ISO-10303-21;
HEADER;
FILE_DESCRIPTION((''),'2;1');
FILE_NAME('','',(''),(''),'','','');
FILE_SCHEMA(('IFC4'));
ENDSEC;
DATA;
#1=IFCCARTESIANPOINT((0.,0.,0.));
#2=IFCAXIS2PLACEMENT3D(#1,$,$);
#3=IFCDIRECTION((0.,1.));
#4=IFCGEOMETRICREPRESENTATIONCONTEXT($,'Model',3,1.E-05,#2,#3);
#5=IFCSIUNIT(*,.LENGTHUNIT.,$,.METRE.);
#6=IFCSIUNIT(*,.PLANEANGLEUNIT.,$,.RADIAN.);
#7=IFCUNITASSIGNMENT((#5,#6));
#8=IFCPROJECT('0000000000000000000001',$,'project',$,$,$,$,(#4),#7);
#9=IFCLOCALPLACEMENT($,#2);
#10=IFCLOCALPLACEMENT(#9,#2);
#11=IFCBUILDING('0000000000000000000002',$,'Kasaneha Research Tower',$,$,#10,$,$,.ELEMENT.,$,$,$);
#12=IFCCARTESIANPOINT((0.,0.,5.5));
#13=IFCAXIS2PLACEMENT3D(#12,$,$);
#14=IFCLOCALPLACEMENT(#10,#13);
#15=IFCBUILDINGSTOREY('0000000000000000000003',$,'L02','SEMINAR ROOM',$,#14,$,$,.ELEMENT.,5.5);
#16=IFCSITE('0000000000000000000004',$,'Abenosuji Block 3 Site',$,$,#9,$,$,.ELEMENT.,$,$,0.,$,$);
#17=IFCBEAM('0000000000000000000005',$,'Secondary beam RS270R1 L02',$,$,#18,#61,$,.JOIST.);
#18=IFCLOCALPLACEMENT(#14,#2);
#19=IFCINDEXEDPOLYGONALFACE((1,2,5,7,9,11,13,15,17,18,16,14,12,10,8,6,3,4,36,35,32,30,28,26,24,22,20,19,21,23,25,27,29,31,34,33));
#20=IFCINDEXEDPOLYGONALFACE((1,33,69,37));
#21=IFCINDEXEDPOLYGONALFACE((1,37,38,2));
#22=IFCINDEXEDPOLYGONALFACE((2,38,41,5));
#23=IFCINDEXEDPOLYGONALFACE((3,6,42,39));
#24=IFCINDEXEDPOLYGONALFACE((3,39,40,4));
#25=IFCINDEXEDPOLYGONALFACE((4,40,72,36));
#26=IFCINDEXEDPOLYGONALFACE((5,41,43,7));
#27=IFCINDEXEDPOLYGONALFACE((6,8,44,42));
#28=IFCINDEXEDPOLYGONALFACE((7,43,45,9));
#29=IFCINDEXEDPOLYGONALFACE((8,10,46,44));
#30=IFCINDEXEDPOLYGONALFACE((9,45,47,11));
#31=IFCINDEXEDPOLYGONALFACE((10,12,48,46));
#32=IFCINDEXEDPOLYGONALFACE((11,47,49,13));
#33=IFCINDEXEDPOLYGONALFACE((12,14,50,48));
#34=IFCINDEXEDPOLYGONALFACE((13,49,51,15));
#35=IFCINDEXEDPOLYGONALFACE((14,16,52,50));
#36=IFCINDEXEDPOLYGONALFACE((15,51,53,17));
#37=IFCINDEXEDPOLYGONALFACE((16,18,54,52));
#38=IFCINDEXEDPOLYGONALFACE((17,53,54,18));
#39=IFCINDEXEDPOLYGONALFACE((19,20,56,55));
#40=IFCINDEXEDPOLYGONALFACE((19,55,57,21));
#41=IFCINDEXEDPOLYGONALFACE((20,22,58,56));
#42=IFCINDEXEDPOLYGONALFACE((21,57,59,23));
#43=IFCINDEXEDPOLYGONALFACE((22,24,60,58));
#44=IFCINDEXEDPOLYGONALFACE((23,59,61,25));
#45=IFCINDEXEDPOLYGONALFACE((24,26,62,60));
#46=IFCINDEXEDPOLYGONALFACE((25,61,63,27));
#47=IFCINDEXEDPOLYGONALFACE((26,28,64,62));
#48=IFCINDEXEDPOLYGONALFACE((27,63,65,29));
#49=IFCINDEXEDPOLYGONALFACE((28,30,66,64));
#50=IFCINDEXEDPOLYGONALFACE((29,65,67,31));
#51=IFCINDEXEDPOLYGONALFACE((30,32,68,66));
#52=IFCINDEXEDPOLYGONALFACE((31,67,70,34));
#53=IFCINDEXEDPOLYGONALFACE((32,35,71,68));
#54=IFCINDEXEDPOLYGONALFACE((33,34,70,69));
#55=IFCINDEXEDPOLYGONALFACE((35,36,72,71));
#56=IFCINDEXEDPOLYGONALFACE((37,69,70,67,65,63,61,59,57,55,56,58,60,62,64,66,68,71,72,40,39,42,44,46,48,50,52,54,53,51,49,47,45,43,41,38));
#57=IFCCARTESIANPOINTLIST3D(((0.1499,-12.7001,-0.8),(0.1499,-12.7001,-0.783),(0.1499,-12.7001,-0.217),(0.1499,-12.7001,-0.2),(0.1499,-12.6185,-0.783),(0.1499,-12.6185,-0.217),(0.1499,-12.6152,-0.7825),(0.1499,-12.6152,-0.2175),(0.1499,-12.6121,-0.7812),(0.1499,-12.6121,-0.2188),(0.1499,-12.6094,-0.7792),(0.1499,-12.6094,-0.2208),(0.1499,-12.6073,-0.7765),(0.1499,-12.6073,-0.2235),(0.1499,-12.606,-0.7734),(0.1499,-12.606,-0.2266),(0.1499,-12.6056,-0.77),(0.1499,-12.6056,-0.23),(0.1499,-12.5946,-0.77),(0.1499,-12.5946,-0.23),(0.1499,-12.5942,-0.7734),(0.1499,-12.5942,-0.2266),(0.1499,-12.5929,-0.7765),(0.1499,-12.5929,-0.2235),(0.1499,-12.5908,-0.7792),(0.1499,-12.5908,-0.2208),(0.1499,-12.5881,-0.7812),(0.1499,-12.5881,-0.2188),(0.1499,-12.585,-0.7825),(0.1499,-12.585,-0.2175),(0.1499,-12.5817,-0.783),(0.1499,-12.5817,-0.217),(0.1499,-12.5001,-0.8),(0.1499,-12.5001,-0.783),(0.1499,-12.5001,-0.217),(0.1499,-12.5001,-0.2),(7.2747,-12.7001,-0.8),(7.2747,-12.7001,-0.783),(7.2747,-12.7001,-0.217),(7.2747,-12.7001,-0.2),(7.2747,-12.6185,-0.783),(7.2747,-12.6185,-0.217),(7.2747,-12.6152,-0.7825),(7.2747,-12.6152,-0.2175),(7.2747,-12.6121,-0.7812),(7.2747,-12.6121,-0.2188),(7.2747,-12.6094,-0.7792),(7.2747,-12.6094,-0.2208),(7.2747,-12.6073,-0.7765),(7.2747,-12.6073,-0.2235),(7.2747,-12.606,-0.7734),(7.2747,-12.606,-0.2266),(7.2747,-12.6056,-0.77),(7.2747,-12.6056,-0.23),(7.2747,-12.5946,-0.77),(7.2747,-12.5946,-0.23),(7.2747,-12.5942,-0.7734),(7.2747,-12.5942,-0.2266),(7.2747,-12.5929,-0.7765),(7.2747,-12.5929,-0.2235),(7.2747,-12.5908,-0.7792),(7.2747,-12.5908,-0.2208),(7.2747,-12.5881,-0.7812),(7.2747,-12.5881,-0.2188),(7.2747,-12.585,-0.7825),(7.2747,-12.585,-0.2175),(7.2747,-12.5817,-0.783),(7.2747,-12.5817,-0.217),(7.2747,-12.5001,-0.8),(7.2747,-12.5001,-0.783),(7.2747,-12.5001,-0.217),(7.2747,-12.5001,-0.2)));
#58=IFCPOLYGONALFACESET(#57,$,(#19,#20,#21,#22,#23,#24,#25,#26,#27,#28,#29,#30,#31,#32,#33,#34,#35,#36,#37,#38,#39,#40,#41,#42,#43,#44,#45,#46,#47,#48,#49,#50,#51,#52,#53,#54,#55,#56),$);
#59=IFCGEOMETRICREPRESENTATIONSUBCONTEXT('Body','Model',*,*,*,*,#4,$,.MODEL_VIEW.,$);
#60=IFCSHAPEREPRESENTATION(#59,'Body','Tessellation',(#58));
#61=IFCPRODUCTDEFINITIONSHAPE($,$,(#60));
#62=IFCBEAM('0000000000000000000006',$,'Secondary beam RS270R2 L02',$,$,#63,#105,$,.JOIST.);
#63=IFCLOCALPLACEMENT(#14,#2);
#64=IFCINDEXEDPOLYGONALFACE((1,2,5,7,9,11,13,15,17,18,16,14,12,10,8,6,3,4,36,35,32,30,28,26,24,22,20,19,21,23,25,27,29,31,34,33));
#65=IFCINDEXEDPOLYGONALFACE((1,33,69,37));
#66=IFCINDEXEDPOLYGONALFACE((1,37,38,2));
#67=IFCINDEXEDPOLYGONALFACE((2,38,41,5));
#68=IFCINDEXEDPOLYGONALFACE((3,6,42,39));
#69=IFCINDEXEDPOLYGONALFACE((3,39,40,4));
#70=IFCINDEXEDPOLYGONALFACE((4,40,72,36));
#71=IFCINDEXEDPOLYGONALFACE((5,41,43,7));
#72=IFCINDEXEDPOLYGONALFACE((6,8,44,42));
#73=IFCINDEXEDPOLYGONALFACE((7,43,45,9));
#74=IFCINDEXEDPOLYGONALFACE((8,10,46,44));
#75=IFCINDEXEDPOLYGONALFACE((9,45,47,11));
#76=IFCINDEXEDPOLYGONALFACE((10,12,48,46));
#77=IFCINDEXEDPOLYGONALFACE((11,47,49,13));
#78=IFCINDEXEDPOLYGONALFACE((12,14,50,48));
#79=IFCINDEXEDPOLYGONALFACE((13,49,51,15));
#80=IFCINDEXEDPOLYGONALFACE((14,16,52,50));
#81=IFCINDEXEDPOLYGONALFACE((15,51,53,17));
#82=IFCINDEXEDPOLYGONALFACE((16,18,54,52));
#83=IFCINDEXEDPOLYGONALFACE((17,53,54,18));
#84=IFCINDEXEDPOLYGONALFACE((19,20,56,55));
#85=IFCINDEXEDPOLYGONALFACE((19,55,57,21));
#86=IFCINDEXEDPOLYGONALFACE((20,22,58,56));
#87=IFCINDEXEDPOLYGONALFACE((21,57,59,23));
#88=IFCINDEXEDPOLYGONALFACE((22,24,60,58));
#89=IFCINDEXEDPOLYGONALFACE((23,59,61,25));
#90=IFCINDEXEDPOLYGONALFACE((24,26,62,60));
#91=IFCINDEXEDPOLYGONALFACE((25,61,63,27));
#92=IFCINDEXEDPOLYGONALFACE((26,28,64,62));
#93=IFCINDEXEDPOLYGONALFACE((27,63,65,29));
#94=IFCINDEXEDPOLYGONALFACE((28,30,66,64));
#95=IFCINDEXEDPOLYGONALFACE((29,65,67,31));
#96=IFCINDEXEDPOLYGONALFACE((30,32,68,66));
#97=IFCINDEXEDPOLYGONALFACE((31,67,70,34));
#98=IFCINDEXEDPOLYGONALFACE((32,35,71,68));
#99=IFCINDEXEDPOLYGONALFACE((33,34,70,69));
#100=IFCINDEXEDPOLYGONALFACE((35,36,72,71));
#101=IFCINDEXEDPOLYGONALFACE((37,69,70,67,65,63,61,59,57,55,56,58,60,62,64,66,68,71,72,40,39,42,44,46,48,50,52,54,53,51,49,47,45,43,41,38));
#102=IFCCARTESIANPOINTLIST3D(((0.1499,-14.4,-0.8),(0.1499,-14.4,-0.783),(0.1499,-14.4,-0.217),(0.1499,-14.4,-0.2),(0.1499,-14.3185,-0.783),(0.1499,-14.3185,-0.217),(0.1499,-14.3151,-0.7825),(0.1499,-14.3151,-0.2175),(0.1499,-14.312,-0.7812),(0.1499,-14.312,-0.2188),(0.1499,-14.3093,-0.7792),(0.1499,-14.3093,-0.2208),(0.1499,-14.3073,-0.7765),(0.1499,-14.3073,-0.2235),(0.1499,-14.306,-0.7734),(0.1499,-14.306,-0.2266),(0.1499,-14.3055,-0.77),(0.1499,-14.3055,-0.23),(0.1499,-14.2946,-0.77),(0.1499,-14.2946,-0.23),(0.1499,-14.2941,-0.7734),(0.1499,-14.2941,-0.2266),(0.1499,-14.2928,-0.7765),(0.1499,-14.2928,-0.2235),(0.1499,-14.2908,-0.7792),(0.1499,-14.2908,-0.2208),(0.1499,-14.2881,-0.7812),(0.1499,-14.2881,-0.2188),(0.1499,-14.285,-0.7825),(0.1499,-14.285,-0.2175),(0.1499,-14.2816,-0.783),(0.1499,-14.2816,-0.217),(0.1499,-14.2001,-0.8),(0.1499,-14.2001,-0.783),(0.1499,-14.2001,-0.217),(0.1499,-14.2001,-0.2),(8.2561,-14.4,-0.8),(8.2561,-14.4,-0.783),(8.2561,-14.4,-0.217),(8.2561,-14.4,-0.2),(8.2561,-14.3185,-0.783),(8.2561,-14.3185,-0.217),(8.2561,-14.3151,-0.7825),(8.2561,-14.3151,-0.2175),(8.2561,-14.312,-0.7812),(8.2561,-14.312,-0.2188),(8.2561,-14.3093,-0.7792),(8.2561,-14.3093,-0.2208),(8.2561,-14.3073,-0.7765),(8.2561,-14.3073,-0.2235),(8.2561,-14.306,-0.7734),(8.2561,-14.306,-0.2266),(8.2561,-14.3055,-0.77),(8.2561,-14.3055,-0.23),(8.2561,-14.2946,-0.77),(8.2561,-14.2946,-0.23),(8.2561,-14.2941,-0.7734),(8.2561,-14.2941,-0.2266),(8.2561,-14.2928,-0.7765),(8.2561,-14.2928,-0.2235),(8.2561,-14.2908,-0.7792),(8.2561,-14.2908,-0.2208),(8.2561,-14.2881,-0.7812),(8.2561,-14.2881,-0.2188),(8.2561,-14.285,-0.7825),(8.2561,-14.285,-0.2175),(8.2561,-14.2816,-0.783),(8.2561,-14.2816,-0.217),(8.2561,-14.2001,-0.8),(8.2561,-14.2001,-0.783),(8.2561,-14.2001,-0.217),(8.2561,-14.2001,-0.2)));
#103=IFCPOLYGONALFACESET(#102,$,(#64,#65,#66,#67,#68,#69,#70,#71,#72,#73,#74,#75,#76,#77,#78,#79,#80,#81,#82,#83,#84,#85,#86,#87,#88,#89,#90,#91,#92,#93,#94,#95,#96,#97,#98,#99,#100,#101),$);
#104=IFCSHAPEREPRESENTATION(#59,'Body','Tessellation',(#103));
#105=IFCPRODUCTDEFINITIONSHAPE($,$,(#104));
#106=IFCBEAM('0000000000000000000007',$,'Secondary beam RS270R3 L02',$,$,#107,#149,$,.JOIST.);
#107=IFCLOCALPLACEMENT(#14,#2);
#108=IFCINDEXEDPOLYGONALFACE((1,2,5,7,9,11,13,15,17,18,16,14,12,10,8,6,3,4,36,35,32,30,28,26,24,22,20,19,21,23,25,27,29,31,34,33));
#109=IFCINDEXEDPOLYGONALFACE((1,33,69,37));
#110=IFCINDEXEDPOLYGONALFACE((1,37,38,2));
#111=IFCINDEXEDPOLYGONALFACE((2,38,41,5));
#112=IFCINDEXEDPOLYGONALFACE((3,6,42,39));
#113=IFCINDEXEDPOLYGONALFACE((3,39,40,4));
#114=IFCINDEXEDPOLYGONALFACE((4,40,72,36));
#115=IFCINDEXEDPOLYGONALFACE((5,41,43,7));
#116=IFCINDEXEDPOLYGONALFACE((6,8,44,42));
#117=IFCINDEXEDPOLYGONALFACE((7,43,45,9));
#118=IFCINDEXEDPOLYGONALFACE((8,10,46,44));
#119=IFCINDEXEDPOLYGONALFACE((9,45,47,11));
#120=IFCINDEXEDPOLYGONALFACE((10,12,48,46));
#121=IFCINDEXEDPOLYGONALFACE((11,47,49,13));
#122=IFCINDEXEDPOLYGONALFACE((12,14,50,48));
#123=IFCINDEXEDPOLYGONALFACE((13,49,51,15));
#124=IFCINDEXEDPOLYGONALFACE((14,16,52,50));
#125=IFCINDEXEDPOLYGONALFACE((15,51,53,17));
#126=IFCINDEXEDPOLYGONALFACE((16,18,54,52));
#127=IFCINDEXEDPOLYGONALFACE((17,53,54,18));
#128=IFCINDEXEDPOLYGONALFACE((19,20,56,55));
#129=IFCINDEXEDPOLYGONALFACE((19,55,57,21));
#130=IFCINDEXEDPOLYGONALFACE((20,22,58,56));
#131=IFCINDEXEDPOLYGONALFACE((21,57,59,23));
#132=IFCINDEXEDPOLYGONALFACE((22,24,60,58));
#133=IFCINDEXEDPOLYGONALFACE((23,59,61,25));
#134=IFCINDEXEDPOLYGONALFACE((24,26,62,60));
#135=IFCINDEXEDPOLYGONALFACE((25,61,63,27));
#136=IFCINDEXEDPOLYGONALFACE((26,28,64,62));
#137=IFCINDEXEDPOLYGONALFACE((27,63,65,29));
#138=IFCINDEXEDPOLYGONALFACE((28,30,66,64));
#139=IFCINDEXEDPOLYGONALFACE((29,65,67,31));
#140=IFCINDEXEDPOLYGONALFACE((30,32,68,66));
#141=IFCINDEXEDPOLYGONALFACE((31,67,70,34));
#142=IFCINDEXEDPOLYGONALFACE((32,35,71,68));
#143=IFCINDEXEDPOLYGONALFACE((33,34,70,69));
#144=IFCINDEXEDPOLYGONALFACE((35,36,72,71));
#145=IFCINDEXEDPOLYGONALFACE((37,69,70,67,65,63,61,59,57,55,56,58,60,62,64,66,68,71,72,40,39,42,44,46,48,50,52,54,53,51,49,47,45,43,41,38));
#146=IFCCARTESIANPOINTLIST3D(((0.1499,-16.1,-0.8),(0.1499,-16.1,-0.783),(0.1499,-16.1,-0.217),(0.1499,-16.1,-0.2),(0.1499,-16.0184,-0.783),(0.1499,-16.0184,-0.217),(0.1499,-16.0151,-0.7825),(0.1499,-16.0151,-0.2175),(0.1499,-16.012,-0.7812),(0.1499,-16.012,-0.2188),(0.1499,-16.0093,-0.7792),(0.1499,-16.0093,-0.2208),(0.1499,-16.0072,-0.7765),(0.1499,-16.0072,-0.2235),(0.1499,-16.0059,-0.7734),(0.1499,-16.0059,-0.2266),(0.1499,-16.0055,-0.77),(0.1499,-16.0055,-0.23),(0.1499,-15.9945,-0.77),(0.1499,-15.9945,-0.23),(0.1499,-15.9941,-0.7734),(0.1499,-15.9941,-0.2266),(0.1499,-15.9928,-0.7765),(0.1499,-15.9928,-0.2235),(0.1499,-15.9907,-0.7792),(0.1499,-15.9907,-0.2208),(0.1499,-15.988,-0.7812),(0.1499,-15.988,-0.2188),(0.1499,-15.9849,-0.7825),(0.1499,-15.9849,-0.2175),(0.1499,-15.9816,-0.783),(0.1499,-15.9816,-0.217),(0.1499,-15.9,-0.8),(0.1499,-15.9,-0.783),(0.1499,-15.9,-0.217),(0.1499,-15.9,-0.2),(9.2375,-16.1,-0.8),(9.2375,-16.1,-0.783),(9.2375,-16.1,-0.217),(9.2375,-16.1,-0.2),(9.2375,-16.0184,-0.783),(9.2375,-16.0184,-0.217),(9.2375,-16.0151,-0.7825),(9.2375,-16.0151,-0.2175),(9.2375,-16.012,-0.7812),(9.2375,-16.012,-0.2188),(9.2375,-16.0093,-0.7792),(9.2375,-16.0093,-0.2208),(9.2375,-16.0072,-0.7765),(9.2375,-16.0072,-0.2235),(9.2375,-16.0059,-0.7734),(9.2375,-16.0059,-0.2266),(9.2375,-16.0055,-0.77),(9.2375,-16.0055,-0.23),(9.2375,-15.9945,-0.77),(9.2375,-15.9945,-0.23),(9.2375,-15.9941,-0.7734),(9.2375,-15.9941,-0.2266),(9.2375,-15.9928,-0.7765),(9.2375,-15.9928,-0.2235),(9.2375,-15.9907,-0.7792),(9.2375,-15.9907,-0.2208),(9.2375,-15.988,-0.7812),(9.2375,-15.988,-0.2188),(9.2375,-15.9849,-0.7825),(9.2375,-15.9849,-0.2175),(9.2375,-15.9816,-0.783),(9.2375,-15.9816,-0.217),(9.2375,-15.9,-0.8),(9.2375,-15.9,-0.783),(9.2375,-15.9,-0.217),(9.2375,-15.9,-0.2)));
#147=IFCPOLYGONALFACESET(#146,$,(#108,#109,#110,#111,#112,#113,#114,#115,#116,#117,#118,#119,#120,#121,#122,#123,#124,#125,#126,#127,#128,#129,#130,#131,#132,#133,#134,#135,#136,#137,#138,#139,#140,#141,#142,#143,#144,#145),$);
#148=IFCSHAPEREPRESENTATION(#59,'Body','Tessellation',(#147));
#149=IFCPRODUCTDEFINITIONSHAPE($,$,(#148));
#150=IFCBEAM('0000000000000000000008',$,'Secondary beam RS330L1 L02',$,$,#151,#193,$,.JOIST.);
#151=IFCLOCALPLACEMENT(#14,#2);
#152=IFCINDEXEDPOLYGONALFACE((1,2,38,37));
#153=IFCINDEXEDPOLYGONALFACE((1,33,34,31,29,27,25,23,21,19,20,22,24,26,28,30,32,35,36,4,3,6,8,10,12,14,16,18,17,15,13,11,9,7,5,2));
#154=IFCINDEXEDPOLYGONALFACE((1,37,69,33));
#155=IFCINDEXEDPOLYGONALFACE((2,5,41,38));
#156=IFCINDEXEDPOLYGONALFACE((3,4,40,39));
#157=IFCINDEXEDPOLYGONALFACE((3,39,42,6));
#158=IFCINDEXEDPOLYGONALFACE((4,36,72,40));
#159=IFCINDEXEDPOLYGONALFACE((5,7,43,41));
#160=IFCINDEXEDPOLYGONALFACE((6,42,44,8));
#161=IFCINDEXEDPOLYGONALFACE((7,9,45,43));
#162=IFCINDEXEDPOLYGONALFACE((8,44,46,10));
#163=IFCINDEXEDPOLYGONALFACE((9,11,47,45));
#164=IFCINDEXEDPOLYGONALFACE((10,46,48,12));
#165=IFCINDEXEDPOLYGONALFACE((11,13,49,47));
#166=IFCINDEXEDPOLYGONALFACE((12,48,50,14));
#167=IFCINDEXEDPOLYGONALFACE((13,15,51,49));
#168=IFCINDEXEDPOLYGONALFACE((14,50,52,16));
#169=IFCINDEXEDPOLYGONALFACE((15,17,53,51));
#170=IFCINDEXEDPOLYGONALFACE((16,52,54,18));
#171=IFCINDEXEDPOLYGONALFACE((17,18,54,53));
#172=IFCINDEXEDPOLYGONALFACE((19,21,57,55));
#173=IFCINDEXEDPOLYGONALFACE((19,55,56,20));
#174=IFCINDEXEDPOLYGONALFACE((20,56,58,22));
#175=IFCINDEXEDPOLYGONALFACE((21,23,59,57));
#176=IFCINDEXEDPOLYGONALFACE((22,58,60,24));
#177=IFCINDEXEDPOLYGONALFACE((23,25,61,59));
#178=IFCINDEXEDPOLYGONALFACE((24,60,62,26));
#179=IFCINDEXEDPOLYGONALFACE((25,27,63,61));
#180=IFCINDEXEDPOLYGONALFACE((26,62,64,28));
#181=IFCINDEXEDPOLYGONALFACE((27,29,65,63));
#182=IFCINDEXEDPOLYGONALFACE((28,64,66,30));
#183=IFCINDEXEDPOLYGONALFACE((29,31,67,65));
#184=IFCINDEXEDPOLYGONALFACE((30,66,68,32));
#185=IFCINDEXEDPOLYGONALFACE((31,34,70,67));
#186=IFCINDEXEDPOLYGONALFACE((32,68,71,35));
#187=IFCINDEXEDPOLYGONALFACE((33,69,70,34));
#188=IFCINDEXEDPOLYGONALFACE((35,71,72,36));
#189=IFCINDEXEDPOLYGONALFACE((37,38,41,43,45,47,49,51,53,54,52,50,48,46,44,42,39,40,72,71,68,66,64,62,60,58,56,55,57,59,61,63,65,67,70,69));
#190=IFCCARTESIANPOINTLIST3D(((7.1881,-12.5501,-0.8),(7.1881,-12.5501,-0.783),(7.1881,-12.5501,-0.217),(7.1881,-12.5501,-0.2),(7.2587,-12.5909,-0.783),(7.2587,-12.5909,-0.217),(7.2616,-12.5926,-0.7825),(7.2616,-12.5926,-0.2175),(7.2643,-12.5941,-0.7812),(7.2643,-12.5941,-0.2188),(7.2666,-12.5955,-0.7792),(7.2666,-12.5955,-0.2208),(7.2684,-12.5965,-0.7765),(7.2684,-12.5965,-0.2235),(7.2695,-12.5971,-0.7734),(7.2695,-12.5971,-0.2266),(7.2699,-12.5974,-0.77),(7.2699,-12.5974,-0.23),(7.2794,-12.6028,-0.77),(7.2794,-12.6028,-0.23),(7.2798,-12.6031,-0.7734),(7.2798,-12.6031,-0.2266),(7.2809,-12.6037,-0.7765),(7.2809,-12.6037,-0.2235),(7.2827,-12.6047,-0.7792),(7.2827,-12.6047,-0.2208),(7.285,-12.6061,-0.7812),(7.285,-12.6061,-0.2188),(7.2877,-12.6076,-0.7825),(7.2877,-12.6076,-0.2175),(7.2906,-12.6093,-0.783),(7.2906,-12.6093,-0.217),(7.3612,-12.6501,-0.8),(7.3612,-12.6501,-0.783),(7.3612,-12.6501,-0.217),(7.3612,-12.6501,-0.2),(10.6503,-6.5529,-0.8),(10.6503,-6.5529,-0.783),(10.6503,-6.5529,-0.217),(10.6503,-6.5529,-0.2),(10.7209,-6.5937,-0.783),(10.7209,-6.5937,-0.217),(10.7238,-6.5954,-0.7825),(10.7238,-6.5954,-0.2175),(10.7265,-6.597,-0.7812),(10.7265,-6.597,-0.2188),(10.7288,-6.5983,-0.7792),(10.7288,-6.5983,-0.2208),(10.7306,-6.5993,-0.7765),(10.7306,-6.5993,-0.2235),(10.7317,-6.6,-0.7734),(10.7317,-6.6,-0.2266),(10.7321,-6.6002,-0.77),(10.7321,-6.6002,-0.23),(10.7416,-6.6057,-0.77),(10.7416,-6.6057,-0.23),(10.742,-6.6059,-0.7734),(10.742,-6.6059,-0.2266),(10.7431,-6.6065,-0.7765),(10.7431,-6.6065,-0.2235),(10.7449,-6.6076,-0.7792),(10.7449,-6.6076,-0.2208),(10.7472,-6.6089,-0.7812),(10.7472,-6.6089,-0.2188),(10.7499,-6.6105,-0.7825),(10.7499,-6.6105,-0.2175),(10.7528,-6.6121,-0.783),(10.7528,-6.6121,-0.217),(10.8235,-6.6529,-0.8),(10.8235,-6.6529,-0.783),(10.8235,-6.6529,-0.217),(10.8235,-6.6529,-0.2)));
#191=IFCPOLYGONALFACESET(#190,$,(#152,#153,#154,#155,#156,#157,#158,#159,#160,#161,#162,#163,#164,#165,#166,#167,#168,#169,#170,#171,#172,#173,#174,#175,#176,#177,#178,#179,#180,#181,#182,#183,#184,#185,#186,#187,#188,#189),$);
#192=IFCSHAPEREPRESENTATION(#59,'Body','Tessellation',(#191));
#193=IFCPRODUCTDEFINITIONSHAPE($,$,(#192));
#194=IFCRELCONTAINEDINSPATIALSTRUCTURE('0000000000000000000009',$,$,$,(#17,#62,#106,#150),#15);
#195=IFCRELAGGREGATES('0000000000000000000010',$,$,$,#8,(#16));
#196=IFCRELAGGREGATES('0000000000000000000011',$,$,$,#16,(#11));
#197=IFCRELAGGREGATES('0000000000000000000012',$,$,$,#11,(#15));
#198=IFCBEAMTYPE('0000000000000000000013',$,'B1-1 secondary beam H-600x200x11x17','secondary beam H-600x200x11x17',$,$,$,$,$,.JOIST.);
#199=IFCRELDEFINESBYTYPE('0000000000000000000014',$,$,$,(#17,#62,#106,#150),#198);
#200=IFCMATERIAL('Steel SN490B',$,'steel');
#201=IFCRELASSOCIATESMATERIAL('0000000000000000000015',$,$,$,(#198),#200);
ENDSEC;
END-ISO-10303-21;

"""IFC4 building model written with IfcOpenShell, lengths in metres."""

from ifc_helpers import new_model, si_unit, direction, frame, origin, origin_2d, place, context, subcontext, project, spatial, i_section, extrude, material, material_profile, profile_set, type_object, element, save


model = new_model("IFC4")

# Units and contexts
model_context = context("Model", 3, precision=1e-05, world=origin(), true_north=direction((0.0, 1.0)))
body_context = subcontext(model_context, "Body", "Model", "MODEL_VIEW")
ifc_project = project(units=[si_unit("LENGTHUNIT", "METRE"), si_unit("PLANEANGLEUNIT", "RADIAN")], contexts=[model_context])

# Site, building, storey
site_placement = place(None, origin())
site = spatial("IfcSite", under=ifc_project, at=site_placement, Name="Abenosuji Block 3 Site", CompositionType="ELEMENT", RefElevation=0.0)
building_placement = place(site_placement, origin())
building = spatial("IfcBuilding", under=site, at=building_placement, Name="Kasaneha Research Tower", CompositionType="ELEMENT")
storey_placement = place(building_placement, frame((0.0, 0.0, 5.5)))
storey = spatial("IfcBuildingStorey", under=building, at=storey_placement, Name="L02", Description="SEMINAR ROOM", CompositionType="ELEMENT", Elevation=5.5)

# Beams
ifc_material_1 = material(Name="Steel SN490B", Category="steel")
ifc_material_profile_1 = material_profile(ifc_material_1, i_section(OverallWidth=0.2, OverallDepth=0.6001, WebThickness=0.011, FlangeThickness=0.0171, FilletRadius=0.0129, at=origin_2d()), Name="H-600x200x11x17")
ifc_profile_set_1 = profile_set([ifc_material_profile_1], Name="Steel SN490B")
beam_type_1 = type_object("IfcBeamType", Name="B1-1 secondary beam H-600x200x11x17", Description="secondary beam H-600x200x11x17", PredefinedType="JOIST", material=ifc_profile_set_1)
beam_1_placement = place(storey_placement, frame((7.2747, -12.6001, -0.5), z_axis=(-1.0, 0.0, 0.0), x_axis=(0.0, -1.0, 0.0)))
element("IfcBeam", 1, at=beam_1_placement, inside=storey, type_object=beam_type_1, Name="Secondary beam RS270R1 L02", PredefinedType="JOIST", context=body_context, shape_type="SweptSolid", body=[
    extrude(i_section(OverallWidth=0.2, OverallDepth=0.6001, WebThickness=0.011, FlangeThickness=0.0171, FilletRadius=0.0129, at=origin_2d()), origin(), (0.0, 0.0, 1.0), 7.1248),
])
beam_2_placement = place(storey_placement, frame((8.2561, -14.3, -0.5), z_axis=(-1.0, 0.0, 0.0), x_axis=(0.0, -1.0, 0.0)))
element("IfcBeam", 2, at=beam_2_placement, inside=storey, type_object=beam_type_1, Name="Secondary beam RS270R2 L02", PredefinedType="JOIST", context=body_context, shape_type="SweptSolid", body=[
    extrude(i_section(OverallWidth=0.2, OverallDepth=0.6001, WebThickness=0.011, FlangeThickness=0.0171, FilletRadius=0.0129, at=origin_2d()), origin(), (0.0, 0.0, 1.0), 8.1062),
])
beam_3_placement = place(storey_placement, frame((9.2375, -16.0, -0.5), z_axis=(-1.0, 0.0, 0.0), x_axis=(0.0, -1.0, 0.0)))
element("IfcBeam", 3, at=beam_3_placement, inside=storey, type_object=beam_type_1, Name="Secondary beam RS270R3 L02", PredefinedType="JOIST", context=body_context, shape_type="SweptSolid", body=[
    extrude(i_section(OverallWidth=0.2, OverallDepth=0.6001, WebThickness=0.011, FlangeThickness=0.0171, FilletRadius=0.0129, at=origin_2d()), origin(), (0.0, 0.0, 1.0), 9.0876),
])
beam_4_placement = place(storey_placement, frame((7.2747, -12.6001, -0.5), z_axis=(0.499973, 0.866041, 0.0), x_axis=(-0.866041, 0.499973, 0.0)))
element("IfcBeam", 4, at=beam_4_placement, inside=storey, type_object=beam_type_1, Name="Secondary beam RS330L1 L02", PredefinedType="JOIST", context=body_context, shape_type="SweptSolid", body=[
    extrude(i_section(OverallWidth=0.2, OverallDepth=0.6001, WebThickness=0.011, FlangeThickness=0.0171, FilletRadius=0.0129, at=origin_2d()), origin(), (0.0, 0.0, 1.0), 6.9248),
])

save(model, "model.ifc")
